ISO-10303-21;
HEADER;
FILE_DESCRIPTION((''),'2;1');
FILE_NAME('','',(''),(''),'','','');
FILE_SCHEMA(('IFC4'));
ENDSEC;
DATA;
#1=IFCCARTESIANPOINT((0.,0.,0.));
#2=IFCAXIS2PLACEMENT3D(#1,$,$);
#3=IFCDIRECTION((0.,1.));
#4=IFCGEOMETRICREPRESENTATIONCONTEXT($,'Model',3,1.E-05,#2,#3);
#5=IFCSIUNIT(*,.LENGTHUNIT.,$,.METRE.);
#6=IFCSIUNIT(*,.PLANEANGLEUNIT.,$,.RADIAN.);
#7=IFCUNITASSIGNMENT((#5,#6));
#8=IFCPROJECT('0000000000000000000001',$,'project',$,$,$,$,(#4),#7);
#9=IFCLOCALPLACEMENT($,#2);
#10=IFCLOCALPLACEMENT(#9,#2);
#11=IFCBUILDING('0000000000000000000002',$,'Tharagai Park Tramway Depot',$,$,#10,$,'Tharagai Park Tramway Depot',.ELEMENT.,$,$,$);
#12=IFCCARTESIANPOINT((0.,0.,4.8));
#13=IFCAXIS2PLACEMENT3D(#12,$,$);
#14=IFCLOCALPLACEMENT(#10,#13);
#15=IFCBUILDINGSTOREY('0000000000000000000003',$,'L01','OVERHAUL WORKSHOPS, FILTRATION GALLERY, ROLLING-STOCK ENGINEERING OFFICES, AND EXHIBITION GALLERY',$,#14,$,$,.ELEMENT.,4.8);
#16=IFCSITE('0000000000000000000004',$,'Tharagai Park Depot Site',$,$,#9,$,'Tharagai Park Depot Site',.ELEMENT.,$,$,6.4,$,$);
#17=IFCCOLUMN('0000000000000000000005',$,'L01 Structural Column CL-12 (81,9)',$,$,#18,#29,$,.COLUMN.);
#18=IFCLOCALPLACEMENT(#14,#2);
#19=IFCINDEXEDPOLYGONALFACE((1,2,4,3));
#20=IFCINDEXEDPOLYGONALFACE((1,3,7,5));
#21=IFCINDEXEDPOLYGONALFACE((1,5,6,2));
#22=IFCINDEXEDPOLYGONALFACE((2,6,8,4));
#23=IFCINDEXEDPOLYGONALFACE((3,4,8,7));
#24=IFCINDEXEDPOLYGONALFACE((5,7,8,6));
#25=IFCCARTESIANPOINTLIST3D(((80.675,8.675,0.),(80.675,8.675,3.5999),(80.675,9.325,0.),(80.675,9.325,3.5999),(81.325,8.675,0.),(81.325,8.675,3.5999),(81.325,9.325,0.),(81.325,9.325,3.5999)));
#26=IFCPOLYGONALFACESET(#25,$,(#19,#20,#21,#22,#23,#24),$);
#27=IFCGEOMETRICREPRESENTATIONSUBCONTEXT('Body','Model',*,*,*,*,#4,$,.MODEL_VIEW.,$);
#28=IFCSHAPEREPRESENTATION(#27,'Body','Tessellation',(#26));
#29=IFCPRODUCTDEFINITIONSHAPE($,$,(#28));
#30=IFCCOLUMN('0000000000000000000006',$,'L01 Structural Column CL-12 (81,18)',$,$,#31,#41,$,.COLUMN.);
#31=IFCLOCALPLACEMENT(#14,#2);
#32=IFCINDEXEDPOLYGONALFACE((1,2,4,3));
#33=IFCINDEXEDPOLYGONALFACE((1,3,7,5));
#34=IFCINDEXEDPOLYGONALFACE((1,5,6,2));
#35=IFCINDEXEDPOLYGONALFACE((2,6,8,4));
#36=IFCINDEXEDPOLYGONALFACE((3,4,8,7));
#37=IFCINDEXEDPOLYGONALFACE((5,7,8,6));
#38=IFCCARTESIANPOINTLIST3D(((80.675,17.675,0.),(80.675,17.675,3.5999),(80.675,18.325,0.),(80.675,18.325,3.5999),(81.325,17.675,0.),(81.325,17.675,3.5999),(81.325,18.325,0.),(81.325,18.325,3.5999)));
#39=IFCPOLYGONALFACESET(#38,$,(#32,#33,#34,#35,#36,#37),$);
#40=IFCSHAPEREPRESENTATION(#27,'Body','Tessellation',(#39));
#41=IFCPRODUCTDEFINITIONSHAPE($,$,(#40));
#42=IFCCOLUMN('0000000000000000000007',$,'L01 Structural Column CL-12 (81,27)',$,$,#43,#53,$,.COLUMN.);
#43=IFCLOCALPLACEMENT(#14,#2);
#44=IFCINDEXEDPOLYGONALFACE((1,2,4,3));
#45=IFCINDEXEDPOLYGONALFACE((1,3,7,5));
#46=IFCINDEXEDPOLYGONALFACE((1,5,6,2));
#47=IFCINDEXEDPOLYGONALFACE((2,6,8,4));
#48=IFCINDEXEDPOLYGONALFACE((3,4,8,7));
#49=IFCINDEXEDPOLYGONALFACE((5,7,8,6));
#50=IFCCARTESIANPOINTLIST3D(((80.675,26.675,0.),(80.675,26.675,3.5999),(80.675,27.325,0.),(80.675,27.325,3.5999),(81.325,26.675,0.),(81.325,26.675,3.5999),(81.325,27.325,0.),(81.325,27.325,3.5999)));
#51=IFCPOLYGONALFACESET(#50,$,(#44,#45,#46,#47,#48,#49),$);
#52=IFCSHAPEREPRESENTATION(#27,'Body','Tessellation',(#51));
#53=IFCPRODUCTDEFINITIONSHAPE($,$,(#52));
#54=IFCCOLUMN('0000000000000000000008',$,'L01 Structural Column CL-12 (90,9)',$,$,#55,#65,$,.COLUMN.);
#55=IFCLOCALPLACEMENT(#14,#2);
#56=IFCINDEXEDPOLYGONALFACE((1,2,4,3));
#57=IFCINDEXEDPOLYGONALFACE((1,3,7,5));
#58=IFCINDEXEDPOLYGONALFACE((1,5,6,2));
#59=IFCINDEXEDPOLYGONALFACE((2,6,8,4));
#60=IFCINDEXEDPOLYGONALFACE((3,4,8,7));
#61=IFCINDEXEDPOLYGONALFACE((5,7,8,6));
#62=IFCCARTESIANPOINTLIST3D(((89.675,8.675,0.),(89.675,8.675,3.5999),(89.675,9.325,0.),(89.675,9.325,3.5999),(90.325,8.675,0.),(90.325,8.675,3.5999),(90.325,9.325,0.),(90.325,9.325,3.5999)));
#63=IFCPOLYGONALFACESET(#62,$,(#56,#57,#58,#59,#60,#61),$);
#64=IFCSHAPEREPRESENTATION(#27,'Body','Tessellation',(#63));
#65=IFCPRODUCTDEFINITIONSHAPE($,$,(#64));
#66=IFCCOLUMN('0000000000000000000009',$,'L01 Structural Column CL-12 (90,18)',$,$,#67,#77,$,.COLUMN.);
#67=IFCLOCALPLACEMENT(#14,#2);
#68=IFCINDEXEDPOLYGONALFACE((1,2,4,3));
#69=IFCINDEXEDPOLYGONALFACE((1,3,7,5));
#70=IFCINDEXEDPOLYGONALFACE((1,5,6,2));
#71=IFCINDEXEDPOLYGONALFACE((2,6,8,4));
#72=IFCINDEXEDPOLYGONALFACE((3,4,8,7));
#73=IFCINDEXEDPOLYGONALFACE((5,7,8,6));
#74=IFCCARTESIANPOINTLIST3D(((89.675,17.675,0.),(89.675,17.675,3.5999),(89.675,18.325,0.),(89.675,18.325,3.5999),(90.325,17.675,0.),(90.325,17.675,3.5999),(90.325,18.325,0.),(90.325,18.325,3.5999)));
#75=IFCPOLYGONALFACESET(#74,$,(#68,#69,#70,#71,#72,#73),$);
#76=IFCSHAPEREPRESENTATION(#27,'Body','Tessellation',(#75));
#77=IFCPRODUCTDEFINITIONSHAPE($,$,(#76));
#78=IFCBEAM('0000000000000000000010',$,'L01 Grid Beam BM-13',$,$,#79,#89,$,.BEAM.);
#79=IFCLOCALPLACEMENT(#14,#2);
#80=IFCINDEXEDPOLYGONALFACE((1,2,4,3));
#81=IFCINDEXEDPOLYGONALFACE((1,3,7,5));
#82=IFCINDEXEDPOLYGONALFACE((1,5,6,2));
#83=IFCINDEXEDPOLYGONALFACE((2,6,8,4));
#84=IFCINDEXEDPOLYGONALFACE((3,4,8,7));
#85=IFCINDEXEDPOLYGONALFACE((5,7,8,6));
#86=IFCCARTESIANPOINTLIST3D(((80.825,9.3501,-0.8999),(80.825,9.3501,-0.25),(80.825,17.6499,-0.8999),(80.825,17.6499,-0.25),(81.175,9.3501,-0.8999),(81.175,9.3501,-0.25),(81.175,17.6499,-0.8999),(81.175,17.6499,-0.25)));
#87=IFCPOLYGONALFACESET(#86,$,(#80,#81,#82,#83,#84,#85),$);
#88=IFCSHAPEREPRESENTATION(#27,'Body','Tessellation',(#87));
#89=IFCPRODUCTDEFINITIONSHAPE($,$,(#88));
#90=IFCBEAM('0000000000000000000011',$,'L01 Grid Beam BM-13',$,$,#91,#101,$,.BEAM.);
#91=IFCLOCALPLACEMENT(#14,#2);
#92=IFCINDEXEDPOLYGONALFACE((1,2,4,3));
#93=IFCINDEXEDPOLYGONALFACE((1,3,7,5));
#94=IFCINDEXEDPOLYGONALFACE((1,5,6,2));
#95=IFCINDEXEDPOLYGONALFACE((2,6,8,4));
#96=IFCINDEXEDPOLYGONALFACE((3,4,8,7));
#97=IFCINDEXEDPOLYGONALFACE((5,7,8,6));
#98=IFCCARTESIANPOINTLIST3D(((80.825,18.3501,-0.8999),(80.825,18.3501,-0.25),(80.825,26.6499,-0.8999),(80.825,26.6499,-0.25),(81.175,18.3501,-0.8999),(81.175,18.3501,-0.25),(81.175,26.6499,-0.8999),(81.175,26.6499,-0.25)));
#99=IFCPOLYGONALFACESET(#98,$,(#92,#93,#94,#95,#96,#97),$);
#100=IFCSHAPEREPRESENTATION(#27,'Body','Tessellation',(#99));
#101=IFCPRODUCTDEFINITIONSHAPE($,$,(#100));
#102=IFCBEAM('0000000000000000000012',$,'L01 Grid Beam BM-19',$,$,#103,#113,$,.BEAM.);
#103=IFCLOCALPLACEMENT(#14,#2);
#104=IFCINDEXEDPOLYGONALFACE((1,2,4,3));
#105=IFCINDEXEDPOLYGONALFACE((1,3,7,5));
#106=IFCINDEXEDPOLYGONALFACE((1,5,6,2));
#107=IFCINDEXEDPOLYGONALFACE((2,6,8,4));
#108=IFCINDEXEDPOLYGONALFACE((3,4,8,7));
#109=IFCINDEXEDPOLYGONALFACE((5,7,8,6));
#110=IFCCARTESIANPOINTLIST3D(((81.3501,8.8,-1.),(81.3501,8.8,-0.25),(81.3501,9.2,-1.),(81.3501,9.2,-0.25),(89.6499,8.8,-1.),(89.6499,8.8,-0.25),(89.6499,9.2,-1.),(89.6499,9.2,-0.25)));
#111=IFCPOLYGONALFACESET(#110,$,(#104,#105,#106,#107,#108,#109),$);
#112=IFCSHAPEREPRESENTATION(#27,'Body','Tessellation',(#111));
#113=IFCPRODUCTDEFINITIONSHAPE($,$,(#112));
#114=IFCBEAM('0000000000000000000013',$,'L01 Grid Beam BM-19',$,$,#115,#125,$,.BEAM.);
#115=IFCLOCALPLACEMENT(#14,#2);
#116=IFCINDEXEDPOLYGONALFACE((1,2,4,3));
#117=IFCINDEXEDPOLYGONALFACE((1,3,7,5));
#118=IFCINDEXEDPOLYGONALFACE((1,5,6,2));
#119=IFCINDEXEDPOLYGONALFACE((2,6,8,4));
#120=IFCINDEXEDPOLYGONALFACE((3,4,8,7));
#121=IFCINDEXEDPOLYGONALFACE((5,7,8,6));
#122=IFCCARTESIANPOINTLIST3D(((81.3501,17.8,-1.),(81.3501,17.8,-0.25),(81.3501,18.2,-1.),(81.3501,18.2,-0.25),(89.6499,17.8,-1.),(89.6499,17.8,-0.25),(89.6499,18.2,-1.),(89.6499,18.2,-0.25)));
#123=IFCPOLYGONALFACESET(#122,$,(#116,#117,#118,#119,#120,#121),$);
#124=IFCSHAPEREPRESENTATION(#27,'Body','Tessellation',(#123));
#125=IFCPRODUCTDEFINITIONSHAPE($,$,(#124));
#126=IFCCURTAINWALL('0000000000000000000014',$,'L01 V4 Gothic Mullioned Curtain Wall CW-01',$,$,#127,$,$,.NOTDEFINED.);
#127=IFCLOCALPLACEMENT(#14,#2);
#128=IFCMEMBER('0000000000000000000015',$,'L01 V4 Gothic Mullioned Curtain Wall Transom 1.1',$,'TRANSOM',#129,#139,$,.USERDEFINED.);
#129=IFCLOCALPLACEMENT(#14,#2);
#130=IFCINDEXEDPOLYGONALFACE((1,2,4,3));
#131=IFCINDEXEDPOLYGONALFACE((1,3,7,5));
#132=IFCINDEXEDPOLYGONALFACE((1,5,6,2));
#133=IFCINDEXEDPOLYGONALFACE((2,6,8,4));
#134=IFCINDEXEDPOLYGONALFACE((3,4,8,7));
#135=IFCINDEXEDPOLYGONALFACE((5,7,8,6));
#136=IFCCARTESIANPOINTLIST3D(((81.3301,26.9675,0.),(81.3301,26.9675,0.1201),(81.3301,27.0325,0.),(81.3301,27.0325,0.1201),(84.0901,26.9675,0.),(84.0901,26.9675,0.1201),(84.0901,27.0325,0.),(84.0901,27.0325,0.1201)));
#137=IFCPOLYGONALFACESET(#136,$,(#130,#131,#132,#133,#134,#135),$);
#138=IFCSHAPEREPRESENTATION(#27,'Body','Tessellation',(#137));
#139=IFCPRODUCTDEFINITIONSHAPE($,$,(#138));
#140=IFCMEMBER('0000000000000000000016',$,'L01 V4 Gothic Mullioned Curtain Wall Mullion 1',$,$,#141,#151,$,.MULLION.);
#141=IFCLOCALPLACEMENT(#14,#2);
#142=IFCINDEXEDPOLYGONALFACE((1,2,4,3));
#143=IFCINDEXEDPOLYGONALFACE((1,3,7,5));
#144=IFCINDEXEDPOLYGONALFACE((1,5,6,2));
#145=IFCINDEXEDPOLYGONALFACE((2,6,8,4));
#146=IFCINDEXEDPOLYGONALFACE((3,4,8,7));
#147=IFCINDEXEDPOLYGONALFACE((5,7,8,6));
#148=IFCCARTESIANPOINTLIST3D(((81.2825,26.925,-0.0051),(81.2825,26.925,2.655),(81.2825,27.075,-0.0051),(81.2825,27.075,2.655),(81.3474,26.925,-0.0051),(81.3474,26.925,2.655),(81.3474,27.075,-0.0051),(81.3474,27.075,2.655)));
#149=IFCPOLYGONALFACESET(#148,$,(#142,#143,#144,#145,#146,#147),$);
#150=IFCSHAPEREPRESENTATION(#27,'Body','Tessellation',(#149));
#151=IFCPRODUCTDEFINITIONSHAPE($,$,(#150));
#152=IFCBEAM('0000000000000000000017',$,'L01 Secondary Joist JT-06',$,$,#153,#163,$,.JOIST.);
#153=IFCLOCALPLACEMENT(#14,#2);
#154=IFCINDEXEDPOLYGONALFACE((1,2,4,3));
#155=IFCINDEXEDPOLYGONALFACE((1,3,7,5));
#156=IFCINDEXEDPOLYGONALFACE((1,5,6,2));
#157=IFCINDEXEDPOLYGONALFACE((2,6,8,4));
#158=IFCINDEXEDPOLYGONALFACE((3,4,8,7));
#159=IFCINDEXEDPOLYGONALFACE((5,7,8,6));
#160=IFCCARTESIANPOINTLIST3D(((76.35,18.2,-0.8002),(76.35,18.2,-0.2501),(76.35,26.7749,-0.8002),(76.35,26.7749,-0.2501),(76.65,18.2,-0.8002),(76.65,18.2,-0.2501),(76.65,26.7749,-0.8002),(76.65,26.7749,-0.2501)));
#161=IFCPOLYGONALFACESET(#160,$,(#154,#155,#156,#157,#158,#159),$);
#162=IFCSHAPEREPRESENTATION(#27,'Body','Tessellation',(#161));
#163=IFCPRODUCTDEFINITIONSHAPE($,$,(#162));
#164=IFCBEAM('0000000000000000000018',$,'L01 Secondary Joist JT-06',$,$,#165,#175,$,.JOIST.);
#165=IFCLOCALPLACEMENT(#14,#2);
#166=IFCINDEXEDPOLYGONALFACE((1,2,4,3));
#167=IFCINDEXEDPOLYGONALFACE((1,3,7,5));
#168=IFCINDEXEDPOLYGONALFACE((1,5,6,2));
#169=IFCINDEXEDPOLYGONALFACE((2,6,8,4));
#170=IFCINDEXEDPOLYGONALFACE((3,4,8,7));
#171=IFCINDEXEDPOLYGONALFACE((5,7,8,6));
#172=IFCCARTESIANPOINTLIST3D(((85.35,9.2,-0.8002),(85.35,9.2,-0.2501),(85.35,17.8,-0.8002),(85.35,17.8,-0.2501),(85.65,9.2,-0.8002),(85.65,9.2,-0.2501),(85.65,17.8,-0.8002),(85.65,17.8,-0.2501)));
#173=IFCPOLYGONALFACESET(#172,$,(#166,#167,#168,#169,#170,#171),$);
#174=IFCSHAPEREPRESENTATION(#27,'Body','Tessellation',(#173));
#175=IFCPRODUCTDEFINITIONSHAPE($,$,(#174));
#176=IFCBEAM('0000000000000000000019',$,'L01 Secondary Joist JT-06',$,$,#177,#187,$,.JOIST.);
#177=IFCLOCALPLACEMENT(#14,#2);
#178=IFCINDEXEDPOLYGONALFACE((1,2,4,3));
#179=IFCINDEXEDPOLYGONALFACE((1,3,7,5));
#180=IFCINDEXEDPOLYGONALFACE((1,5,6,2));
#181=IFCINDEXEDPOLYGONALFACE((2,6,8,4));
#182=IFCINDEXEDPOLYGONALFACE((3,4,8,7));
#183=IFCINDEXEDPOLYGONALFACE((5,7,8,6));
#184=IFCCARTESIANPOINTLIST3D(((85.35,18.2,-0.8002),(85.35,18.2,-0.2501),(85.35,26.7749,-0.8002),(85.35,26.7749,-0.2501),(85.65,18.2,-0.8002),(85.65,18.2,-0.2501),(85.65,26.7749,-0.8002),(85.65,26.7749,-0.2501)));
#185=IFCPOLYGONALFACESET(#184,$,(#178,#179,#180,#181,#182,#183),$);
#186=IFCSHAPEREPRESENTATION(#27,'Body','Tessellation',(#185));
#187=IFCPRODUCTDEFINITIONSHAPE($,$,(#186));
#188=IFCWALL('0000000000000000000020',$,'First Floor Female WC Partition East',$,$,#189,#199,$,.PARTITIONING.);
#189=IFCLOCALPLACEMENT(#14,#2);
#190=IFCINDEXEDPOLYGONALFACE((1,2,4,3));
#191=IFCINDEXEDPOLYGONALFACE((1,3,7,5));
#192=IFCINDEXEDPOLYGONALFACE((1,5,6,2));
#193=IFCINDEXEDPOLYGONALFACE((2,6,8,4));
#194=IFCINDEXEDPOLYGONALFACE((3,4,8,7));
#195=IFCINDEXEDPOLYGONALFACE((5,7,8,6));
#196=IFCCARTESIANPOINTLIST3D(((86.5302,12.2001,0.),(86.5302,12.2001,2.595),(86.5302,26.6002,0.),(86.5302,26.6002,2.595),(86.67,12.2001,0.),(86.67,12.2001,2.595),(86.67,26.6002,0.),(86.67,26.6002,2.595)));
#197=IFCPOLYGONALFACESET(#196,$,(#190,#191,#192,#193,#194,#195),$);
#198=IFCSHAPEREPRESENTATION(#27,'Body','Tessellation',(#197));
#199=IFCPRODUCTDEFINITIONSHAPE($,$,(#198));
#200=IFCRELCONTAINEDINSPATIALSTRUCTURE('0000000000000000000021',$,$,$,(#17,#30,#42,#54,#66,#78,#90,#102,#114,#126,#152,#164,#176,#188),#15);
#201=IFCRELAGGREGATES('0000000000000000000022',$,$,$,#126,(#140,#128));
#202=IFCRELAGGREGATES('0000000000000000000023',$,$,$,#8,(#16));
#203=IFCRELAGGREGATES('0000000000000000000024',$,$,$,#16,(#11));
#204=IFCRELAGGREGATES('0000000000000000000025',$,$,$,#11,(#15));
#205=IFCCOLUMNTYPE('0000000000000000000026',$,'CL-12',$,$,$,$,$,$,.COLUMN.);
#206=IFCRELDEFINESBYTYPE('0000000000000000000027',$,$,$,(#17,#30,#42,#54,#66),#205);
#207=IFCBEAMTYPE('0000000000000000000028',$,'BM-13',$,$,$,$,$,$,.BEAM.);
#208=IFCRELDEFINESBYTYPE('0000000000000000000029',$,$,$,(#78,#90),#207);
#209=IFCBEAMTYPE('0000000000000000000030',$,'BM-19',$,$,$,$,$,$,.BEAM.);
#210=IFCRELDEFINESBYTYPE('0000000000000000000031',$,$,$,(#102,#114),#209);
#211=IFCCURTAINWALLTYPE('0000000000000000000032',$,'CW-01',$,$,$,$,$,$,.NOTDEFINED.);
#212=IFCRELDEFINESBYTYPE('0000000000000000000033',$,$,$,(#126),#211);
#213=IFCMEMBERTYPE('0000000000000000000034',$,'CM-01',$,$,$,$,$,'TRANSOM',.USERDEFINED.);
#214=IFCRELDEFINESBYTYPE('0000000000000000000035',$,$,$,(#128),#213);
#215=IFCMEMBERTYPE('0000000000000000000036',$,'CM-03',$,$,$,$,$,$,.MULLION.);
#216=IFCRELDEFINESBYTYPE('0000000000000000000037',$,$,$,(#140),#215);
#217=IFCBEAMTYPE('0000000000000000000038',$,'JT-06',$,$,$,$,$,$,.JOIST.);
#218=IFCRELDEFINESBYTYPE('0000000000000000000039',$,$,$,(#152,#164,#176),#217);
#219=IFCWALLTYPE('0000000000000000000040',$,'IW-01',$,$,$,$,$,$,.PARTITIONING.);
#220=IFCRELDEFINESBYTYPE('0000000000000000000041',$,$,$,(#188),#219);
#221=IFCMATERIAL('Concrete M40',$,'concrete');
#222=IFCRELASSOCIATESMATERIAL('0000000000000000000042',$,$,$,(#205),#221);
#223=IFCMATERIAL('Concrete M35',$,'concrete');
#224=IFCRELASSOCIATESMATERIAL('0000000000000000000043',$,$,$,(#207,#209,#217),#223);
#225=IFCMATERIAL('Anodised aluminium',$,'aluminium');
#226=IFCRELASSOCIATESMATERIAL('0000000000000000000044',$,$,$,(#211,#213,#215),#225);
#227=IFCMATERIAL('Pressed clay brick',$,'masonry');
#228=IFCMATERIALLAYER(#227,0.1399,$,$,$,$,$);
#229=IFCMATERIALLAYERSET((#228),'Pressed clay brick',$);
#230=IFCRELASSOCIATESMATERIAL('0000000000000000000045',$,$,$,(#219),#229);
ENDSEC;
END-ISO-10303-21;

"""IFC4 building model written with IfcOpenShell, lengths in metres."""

from ifc_helpers import new_model, si_unit, direction, frame, frame_2d, origin, origin_2d, place, context, subcontext, project, spatial, rectangle, extrude, material, layer, layer_set, material_profile, profile_set, type_object, element, aggregate, save


model = new_model("IFC4")

# Units and contexts
model_context = context("Model", 3, precision=1e-05, world=origin(), true_north=direction((0.0, 1.0)))
body_context = subcontext(model_context, "Body", "Model", "MODEL_VIEW")
ifc_project = project(units=[si_unit("LENGTHUNIT", "METRE"), si_unit("PLANEANGLEUNIT", "RADIAN")], contexts=[model_context])

# Site, building, storey
site_placement = place(None, origin())
site = spatial("IfcSite", under=ifc_project, at=site_placement, Name="Tharagai Park Depot Site", LongName="Tharagai Park Depot Site", CompositionType="ELEMENT", RefElevation=6.4)
building_placement = place(site_placement, origin())
building = spatial("IfcBuilding", under=site, at=building_placement, Name="Tharagai Park Tramway Depot", LongName="Tharagai Park Tramway Depot", CompositionType="ELEMENT")
storey_placement = place(building_placement, frame((0.0, 0.0, 4.8)))
storey = spatial("IfcBuildingStorey", under=building, at=storey_placement, Name="L01", Description="OVERHAUL WORKSHOPS, FILTRATION GALLERY, ROLLING-STOCK ENGINEERING OFFICES, AND EXHIBITION GALLERY", CompositionType="ELEMENT", Elevation=4.8)

# Columns
ifc_material_1 = material(Name="Concrete M40", Category="concrete")
ifc_material_profile_1 = material_profile(ifc_material_1, rectangle(XDim=0.6499, YDim=0.6499, at=origin_2d()), Name="RC 650x650")
ifc_profile_set_1 = profile_set([ifc_material_profile_1], Name="Concrete M40")
column_type = type_object("IfcColumnType", Name="CL-12", PredefinedType="COLUMN", material=ifc_profile_set_1)
for number, where, z_axis, x_axis, name in (
    (1, (81.0, 9.0, 0.0), (0.0, 0.0, 1.0), (1.0, 0.0, 0.0), "L01 Structural Column CL-12 (81,9)"),
    (2, (81.0, 18.0, 0.0), (0.0, 0.0, 1.0), (1.0, 0.0, 0.0), "L01 Structural Column CL-12 (81,18)"),
    (3, (81.0, 27.0, 0.0), (0.0, 0.0, 1.0), (1.0, 0.0, 0.0), "L01 Structural Column CL-12 (81,27)"),
    (4, (90.0, 9.0, 0.0), (0.0, 0.0, 1.0), (1.0, 0.0, 0.0), "L01 Structural Column CL-12 (90,9)"),
    (5, (90.0, 18.0, 0.0), (0.0, 0.0, 1.0), (1.0, 0.0, 0.0), "L01 Structural Column CL-12 (90,18)"),
):
    element("IfcColumn", number, at=place(storey_placement, frame(where, z_axis=z_axis, x_axis=x_axis)), inside=storey, type_object=column_type, Name=name, PredefinedType="COLUMN", context=body_context, shape_type="SweptSolid", body=[
        extrude(rectangle(XDim=0.6499, YDim=0.6499, at=origin_2d()), origin(), (0.0, 0.0, 1.0), 3.5999),
    ])

# Beams
ifc_material_2 = material(Name="Concrete M35", Category="concrete")
ifc_material_profile_2 = material_profile(ifc_material_2, rectangle(XDim=0.3501, YDim=0.6499, at=origin_2d()), Name="RC 350x650")
ifc_profile_set_2 = profile_set([ifc_material_profile_2], Name="Concrete M35")
beam_type_1 = type_object("IfcBeamType", Name="BM-13", PredefinedType="BEAM", material=ifc_profile_set_2)
for number, where, z_axis, x_axis, name in (
    (6, (81.0, 9.3501, -0.575), (0.0, 1.0, 0.0), (-1.0, 0.0, 0.0), "L01 Grid Beam BM-13"),
    (7, (81.0, 18.3501, -0.575), (0.0, 1.0, 0.0), (-1.0, 0.0, 0.0), "L01 Grid Beam BM-13"),
):
    element("IfcBeam", number, at=place(storey_placement, frame(where, z_axis=z_axis, x_axis=x_axis)), inside=storey, type_object=beam_type_1, Name=name, PredefinedType="BEAM", context=body_context, shape_type="SweptSolid", body=[
        extrude(rectangle(XDim=0.3501, YDim=0.6499, at=origin_2d()), origin(), (0.0, 0.0, 1.0), 8.2998),
    ])
ifc_material_profile_3 = material_profile(ifc_material_2, rectangle(XDim=0.3999, YDim=0.75, at=origin_2d()), Name="RC 400x750")
ifc_profile_set_3 = profile_set([ifc_material_profile_3], Name="Concrete M35")
beam_type_2 = type_object("IfcBeamType", Name="BM-19", PredefinedType="BEAM", material=ifc_profile_set_3)
for number, where, z_axis, x_axis, name in (
    (8, (81.3501, 9.0, -0.625), (1.0, 0.0, 0.0), (0.0, 1.0, 0.0), "L01 Grid Beam BM-19"),
    (9, (81.3501, 18.0, -0.625), (1.0, 0.0, 0.0), (0.0, 1.0, 0.0), "L01 Grid Beam BM-19"),
):
    element("IfcBeam", number, at=place(storey_placement, frame(where, z_axis=z_axis, x_axis=x_axis)), inside=storey, type_object=beam_type_2, Name=name, PredefinedType="BEAM", context=body_context, shape_type="SweptSolid", body=[
        extrude(rectangle(XDim=0.3999, YDim=0.75, at=origin_2d()), origin(), (0.0, 0.0, 1.0), 8.2998),
    ])

# Curtain wall, members
ifc_material_3 = material(Name="Anodised aluminium", Category="aluminium")
curtain_wall_type = type_object("IfcCurtainWallType", Name="CW-01", PredefinedType="NOTDEFINED", material=ifc_material_3)
curtain_wall_placement = place(storey_placement, origin())
curtain_wall = element("IfcCurtainWall", 10, at=curtain_wall_placement, inside=storey, type_object=curtain_wall_type, Name="L01 V4 Gothic Mullioned Curtain Wall CW-01", PredefinedType="NOTDEFINED")
ifc_material_profile_4 = material_profile(ifc_material_3, rectangle(XDim=0.0649, YDim=0.1201, at=origin_2d()), Name="ALU 65x120")
ifc_profile_set_4 = profile_set([ifc_material_profile_4], Name="Anodised aluminium")
member_type_1 = type_object("IfcMemberType", Name="CM-01", ElementType="TRANSOM", PredefinedType="USERDEFINED", material=ifc_profile_set_4)
member_1_placement = place(storey_placement, frame((81.3301, 27.0, 0.0601), z_axis=(1.0, 0.0, 0.0), x_axis=(0.0, 1.0, 0.0)))
member_1 = element("IfcMember", 11, at=member_1_placement, type_object=member_type_1, Name="L01 V4 Gothic Mullioned Curtain Wall Transom 1.1", ObjectType="TRANSOM", PredefinedType="USERDEFINED", context=body_context, shape_type="SweptSolid", body=[
    extrude(rectangle(XDim=0.0649, YDim=0.1201, at=origin_2d()), origin(), (0.0, 0.0, 1.0), 2.76),
])
ifc_material_profile_5 = material_profile(ifc_material_3, rectangle(XDim=0.0649, YDim=0.1499, at=origin_2d()), Name="ALU 65x150")
ifc_profile_set_5 = profile_set([ifc_material_profile_5], Name="Anodised aluminium")
member_type_2 = type_object("IfcMemberType", Name="CM-03", PredefinedType="MULLION", material=ifc_profile_set_5)
member_2_placement = place(storey_placement, frame((81.3149, 27.0, -0.0051), z_axis=(0.0, 0.0, 1.0), x_axis=(1.0, 0.0, 0.0)))
member_2 = element("IfcMember", 12, at=member_2_placement, type_object=member_type_2, Name="L01 V4 Gothic Mullioned Curtain Wall Mullion 1", PredefinedType="MULLION", context=body_context, shape_type="SweptSolid", body=[
    extrude(rectangle(XDim=0.0649, YDim=0.1499, at=origin_2d()), origin(), (0.0, 0.0, 1.0), 2.6602),
])
aggregate(curtain_wall, [member_2, member_1])

# Beams
ifc_material_profile_6 = material_profile(ifc_material_2, rectangle(XDim=0.3, YDim=0.55, at=origin_2d()), Name="RC 300x550")
ifc_profile_set_6 = profile_set([ifc_material_profile_6], Name="Concrete M35")
beam_type_3 = type_object("IfcBeamType", Name="JT-06", PredefinedType="JOIST", material=ifc_profile_set_6)
beam_1_placement = place(storey_placement, frame((76.5, 18.2, -0.5251), z_axis=(0.0, 1.0, 0.0), x_axis=(-1.0, 0.0, 0.0)))
element("IfcBeam", 13, at=beam_1_placement, inside=storey, type_object=beam_type_3, Name="L01 Secondary Joist JT-06", PredefinedType="JOIST", context=body_context, shape_type="SweptSolid", body=[
    extrude(rectangle(XDim=0.3, YDim=0.55, at=origin_2d()), origin(), (0.0, 0.0, 1.0), 8.575),
])
beam_2_placement = place(storey_placement, frame((85.5, 9.2, -0.5251), z_axis=(0.0, 1.0, 0.0), x_axis=(-1.0, 0.0, 0.0)))
element("IfcBeam", 14, at=beam_2_placement, inside=storey, type_object=beam_type_3, Name="L01 Secondary Joist JT-06", PredefinedType="JOIST", context=body_context, shape_type="SweptSolid", body=[
    extrude(rectangle(XDim=0.3, YDim=0.55, at=origin_2d()), origin(), (0.0, 0.0, 1.0), 8.6001),
])
beam_3_placement = place(storey_placement, frame((85.5, 18.2, -0.5251), z_axis=(0.0, 1.0, 0.0), x_axis=(-1.0, 0.0, 0.0)))
element("IfcBeam", 15, at=beam_3_placement, inside=storey, type_object=beam_type_3, Name="L01 Secondary Joist JT-06", PredefinedType="JOIST", context=body_context, shape_type="SweptSolid", body=[
    extrude(rectangle(XDim=0.3, YDim=0.55, at=origin_2d()), origin(), (0.0, 0.0, 1.0), 8.575),
])

# Wall
ifc_material_4 = material(Name="Pressed clay brick", Category="masonry")
ifc_layer_1 = layer(ifc_material_4, 0.1399)
ifc_layer_set_1 = layer_set([ifc_layer_1], Name="Pressed clay brick")
wall_type_1 = type_object("IfcWallType", Name="IW-01", PredefinedType="PARTITIONING", material=ifc_layer_set_1)
wall_1_placement = place(storey_placement, frame((86.6001, 12.2, 0.0), z_axis=(0.0, 0.0, 1.0), x_axis=(0.0, 1.0, 0.0)))
element("IfcWall", 16, at=wall_1_placement, inside=storey, type_object=wall_type_1, Name="First Floor Female WC Partition East", PredefinedType="PARTITIONING", context=body_context, shape_type="SweptSolid", body=[
    extrude(rectangle(XDim=14.4001, YDim=0.1399, at=frame_2d((7.2002, 0.0))), origin(), (0.0, 0.0, 1.0), 2.595),
])

save(model, "model.ifc")
